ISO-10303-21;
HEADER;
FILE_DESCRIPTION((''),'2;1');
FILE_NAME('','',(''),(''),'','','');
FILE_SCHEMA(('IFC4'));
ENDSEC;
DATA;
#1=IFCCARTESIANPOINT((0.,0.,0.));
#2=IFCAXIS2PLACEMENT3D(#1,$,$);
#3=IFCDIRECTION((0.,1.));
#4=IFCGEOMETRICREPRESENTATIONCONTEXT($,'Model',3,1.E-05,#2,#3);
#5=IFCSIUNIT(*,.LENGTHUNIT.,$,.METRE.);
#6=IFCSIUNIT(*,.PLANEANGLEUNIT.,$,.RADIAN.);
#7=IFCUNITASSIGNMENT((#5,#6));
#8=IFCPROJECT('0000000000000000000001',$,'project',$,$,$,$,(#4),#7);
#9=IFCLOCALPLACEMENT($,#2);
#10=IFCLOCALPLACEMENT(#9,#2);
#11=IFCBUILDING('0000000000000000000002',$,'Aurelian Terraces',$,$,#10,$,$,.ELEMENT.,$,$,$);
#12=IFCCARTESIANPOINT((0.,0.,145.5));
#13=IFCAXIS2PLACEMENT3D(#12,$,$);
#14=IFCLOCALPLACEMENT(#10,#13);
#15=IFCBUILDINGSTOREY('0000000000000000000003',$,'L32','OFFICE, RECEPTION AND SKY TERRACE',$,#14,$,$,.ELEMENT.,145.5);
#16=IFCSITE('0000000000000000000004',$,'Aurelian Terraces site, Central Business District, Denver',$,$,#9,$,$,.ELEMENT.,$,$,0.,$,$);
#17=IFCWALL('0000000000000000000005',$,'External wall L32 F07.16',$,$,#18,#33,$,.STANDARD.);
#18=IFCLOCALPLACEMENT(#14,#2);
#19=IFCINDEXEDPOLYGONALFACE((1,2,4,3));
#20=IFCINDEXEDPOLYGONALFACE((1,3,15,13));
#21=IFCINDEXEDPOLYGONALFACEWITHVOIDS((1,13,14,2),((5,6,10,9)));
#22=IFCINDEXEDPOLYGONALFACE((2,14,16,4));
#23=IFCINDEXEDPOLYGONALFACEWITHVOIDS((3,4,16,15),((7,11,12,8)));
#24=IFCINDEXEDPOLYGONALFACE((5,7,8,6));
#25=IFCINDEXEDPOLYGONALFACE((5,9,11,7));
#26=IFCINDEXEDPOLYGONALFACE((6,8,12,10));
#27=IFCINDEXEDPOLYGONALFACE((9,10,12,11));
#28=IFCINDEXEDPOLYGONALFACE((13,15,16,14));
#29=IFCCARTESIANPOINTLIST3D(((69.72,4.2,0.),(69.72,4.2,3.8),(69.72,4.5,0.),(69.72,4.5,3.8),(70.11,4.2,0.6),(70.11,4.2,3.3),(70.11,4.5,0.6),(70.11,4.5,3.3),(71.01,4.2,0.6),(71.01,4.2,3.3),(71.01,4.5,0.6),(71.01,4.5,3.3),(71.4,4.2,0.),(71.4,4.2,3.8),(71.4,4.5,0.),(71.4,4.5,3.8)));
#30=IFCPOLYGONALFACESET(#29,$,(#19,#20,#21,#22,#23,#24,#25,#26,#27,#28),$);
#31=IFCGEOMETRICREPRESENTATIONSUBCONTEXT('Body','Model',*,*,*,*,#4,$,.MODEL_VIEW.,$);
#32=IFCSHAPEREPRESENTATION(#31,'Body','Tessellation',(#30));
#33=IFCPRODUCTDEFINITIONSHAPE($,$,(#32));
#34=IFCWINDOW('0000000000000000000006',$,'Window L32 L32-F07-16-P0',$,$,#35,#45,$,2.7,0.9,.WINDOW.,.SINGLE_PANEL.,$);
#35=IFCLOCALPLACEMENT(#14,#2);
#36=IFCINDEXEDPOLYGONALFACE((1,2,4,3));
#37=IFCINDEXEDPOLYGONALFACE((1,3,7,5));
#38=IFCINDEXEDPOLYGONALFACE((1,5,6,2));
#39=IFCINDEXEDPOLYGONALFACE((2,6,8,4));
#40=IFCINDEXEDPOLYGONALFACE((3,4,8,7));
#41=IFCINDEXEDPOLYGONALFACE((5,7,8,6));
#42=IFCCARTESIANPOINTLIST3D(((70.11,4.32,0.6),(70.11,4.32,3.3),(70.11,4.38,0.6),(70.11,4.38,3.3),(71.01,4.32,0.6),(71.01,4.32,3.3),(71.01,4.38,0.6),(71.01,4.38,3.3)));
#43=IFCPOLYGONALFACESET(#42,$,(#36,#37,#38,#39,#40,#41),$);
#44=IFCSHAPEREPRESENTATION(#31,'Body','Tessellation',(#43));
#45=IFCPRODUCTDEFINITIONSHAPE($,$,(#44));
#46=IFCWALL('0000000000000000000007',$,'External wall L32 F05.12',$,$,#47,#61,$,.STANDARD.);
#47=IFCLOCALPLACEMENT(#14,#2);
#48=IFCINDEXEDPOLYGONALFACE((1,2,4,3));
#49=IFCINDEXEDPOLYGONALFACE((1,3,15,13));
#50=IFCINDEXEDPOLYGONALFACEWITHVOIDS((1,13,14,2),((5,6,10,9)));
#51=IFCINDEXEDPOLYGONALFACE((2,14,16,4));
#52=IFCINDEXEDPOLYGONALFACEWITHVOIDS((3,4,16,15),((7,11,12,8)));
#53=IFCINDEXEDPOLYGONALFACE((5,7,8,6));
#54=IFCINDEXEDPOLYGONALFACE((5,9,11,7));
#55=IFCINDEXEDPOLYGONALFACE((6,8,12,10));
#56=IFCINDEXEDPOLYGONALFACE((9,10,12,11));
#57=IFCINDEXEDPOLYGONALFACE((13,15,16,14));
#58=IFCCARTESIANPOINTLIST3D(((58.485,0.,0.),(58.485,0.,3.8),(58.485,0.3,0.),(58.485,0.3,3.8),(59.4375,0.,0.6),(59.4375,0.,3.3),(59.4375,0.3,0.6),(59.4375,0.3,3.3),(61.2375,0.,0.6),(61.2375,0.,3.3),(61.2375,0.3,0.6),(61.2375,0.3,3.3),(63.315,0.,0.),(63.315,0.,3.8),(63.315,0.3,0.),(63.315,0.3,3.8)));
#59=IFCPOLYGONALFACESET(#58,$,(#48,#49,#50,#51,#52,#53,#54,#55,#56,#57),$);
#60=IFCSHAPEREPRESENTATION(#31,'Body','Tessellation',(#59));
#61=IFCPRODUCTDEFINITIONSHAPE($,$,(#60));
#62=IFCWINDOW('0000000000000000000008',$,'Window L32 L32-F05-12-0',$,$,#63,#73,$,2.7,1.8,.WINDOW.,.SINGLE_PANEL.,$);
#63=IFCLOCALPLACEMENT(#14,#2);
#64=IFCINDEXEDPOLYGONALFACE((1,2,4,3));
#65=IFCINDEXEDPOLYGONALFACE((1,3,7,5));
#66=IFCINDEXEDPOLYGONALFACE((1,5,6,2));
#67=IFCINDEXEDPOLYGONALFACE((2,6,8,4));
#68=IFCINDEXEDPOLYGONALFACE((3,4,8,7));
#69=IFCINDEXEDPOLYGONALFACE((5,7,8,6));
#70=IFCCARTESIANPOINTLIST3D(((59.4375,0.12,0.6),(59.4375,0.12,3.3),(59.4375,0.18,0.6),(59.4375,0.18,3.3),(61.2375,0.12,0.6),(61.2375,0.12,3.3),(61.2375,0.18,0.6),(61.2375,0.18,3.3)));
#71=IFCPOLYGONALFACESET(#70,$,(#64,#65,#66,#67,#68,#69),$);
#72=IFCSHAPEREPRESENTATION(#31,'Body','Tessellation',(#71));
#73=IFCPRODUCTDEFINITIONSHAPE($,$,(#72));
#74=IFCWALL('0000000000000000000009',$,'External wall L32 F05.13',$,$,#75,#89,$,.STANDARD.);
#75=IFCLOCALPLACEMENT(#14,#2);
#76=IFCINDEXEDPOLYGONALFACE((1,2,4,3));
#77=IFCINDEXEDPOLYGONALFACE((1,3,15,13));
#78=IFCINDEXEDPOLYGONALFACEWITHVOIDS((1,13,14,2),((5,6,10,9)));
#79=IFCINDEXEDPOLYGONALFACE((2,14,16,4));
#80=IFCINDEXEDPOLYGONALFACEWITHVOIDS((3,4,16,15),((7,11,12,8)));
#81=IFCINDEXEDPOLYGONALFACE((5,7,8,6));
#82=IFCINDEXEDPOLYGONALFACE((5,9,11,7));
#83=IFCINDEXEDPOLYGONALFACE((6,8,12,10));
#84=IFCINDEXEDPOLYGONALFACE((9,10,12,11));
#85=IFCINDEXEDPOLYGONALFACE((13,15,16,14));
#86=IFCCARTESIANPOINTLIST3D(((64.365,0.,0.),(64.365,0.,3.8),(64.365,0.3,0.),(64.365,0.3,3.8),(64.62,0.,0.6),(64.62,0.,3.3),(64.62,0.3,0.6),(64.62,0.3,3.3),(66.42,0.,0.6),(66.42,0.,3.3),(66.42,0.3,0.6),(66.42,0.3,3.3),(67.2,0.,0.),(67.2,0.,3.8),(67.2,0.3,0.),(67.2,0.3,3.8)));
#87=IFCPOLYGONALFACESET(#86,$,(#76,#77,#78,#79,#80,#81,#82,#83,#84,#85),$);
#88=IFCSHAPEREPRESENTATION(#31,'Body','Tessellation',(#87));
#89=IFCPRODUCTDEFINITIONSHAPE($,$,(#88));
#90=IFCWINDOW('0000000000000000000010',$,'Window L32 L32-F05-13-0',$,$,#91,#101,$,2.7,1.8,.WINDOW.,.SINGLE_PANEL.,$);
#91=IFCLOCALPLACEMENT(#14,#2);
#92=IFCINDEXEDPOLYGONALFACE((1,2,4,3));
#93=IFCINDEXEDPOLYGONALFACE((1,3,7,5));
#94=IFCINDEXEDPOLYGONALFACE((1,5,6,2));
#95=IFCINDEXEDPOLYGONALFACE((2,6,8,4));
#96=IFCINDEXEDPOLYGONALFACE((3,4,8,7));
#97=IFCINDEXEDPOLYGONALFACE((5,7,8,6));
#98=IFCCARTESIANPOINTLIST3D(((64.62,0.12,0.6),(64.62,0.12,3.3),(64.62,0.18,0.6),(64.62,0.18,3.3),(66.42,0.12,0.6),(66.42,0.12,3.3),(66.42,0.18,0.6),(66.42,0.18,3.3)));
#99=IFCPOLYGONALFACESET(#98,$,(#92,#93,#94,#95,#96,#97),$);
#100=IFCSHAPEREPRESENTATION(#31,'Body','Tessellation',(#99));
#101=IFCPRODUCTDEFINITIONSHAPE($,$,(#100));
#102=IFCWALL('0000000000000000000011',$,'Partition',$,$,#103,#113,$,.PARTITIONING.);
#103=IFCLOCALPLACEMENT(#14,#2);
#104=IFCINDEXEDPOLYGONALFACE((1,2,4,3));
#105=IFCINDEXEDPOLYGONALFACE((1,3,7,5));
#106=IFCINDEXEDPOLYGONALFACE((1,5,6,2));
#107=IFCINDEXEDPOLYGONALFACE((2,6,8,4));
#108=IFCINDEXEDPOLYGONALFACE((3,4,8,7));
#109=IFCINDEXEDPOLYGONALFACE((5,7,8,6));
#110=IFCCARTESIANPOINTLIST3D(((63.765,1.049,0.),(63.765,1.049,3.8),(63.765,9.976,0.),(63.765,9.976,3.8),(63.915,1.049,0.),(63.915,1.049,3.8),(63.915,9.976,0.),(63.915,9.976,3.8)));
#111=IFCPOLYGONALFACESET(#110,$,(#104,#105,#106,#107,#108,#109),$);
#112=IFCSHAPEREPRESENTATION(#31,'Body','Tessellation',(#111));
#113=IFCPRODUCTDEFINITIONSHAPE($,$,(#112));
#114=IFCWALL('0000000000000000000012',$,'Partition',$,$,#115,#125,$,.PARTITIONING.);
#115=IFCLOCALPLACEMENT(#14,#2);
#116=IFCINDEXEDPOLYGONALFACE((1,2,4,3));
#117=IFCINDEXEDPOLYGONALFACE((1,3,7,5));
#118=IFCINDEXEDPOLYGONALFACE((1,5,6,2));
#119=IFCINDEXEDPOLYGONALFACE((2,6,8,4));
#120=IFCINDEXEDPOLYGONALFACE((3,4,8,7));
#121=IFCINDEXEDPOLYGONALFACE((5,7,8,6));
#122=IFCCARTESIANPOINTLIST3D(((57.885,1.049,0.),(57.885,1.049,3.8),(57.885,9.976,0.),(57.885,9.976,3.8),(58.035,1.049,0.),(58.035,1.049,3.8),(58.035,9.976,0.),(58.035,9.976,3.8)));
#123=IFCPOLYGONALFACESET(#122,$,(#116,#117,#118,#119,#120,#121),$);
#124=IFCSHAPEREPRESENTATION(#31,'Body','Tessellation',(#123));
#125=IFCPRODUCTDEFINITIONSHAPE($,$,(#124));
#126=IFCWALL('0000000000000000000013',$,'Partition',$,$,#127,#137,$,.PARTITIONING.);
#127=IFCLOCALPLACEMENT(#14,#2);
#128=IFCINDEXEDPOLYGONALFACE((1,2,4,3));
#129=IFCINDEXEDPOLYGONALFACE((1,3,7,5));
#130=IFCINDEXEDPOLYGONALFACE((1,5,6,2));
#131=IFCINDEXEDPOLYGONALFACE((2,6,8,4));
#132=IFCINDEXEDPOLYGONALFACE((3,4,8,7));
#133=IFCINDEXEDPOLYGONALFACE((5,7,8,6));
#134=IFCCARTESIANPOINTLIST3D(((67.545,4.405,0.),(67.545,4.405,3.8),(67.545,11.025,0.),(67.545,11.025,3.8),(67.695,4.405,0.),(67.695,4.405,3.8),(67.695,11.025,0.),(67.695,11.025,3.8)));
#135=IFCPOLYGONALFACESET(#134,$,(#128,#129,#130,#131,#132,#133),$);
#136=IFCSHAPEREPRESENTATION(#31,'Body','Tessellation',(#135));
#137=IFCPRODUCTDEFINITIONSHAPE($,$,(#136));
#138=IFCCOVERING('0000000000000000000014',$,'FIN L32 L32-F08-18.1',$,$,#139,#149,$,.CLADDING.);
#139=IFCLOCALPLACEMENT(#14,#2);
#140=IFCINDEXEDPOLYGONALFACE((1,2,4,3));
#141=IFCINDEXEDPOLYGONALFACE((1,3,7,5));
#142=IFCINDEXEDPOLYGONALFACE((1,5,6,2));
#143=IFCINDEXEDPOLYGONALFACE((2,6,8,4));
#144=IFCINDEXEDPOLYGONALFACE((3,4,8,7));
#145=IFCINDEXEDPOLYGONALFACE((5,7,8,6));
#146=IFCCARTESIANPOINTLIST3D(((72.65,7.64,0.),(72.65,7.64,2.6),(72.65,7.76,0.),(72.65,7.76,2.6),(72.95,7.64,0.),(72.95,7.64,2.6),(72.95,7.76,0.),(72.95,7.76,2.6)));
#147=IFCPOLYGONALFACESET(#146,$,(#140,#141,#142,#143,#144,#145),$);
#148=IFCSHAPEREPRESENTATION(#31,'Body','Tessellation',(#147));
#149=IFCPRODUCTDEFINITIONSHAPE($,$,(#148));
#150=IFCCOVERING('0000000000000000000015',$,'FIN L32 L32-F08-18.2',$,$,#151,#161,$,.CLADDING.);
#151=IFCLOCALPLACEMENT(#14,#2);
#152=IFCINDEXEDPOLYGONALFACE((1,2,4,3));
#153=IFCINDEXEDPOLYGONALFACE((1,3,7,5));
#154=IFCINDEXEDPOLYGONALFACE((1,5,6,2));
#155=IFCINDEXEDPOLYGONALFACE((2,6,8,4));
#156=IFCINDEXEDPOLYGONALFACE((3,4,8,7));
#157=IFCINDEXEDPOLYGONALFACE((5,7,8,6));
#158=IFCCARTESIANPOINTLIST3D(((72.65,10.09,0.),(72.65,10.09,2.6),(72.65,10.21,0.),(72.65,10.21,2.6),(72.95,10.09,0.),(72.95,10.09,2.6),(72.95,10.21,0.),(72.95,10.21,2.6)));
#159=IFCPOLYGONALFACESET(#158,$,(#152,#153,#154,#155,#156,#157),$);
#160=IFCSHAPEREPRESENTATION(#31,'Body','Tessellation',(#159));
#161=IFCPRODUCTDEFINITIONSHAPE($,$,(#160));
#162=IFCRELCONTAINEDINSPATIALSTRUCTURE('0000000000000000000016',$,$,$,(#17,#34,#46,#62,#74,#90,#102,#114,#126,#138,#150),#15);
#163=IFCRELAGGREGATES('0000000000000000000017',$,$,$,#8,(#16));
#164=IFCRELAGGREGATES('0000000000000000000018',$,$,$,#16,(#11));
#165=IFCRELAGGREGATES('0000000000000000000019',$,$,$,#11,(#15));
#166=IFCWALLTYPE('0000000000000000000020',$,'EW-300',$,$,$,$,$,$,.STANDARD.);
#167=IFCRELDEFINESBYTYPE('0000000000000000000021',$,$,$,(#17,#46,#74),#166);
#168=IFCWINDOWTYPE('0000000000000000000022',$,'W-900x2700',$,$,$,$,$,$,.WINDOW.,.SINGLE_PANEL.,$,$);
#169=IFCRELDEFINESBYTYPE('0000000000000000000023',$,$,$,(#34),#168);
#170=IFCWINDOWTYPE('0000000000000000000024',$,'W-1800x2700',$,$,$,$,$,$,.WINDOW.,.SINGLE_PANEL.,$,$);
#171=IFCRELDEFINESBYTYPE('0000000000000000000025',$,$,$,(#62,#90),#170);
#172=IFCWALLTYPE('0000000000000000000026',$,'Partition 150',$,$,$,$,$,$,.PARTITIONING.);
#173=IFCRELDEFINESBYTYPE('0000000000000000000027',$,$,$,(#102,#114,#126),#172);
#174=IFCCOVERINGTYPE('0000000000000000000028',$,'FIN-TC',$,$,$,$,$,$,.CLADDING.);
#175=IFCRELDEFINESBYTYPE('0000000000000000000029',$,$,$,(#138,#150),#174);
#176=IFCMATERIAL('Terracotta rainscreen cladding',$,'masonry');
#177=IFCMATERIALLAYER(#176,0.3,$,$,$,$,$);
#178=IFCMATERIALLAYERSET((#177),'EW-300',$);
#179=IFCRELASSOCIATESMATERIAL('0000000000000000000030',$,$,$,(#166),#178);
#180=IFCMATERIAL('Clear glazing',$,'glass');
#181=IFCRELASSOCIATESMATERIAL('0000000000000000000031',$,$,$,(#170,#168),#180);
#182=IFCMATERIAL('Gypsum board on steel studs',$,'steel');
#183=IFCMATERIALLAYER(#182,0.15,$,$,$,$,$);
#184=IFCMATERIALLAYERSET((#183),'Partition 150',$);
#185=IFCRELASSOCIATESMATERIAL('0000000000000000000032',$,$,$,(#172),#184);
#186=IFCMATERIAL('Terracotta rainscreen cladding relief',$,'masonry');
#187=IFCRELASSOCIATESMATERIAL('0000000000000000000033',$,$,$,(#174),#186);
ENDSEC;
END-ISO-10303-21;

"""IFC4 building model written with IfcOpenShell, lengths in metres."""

from ifc_helpers import new_model, si_unit, direction, frame, frame_2d, origin, origin_2d, place, context, subcontext, project, spatial, rectangle, extrude, source, transform, mapped, material, layer, layer_set, type_object, element, fill, save


model = new_model("IFC4")

# Units and contexts
model_context = context("Model", 3, precision=1e-05, world=origin(), true_north=direction((0.0, 1.0)))
body_context = subcontext(model_context, "Body", "Model", "MODEL_VIEW")
ifc_project = project(units=[si_unit("LENGTHUNIT", "METRE"), si_unit("PLANEANGLEUNIT", "RADIAN")], contexts=[model_context])

# Site, building, storey
site_placement = place(None, origin())
site = spatial("IfcSite", under=ifc_project, at=site_placement, Name="Aurelian Terraces site, Central Business District, Denver", CompositionType="ELEMENT", RefElevation=0.0)
building_placement = place(site_placement, origin())
building = spatial("IfcBuilding", under=site, at=building_placement, Name="Aurelian Terraces", CompositionType="ELEMENT")
storey_placement = place(building_placement, frame((0.0, 0.0, 145.5)))
storey = spatial("IfcBuildingStorey", under=building, at=storey_placement, Name="L32", Description="OFFICE, RECEPTION AND SKY TERRACE", CompositionType="ELEMENT", Elevation=145.5)

# Shared definitions
ifc_material_1 = material(Name="Terracotta rainscreen cladding", Category="masonry")
ifc_layer_1 = layer(ifc_material_1, 0.3)
ifc_layer_set_1 = layer_set([ifc_layer_1], Name="EW-300")
wall_type_1 = type_object("IfcWallType", Name="EW-300", PredefinedType="STANDARD", material=ifc_layer_set_1)
shared_shape_1 = source(origin(), body_context, "Body", "SweptSolid", [
    extrude(rectangle(XDim=1.8, YDim=2.7, at=frame_2d((0.9, 1.35))), frame((0.0, 0.16, 0.0), z_axis=(0.0, -1.0, 0.0), x_axis=(1.0, 0.0, 0.0)), (0.0, 0.0, 1.0), 0.32),
])
ifc_material_2 = material(Name="Clear glazing", Category="glass")
window_type_1 = type_object("IfcWindowType", Name="W-1800x2700", PartitioningType="SINGLE_PANEL", PredefinedType="WINDOW", material=ifc_material_2)
shared_shape_2 = source(origin(), body_context, "Body", "SweptSolid", [
    extrude(rectangle(XDim=1.8, YDim=2.7, at=frame_2d((0.9, 1.35))), frame((0.0, 0.03, 0.0), z_axis=(0.0, -1.0, 0.0), x_axis=(1.0, 0.0, 0.0)), (0.0, 0.0, 1.0), 0.06),
])

# Walls, openings, windows
shared_shape_3 = source(origin(), body_context, "Body", "SweptSolid", [
    extrude(rectangle(XDim=1.68, YDim=0.3, at=frame_2d((0.84, 0.0))), origin(), (0.0, 0.0, 1.0), 3.8),
])
wall_1_placement = place(storey_placement, frame((69.72, 4.35, 0.0), z_axis=(0.0, 0.0, 1.0), x_axis=(1.0, 0.0, 0.0)))
wall_1 = element("IfcWall", 1, at=wall_1_placement, inside=storey, type_object=wall_type_1, Name="External wall L32 F07.16", PredefinedType="STANDARD", context=body_context, shape_type="MappedRepresentation", body=[
    mapped(shared_shape_3, transform((0.0, 0.0, 0.0), scale=1.0)),
])
shared_shape_4 = source(origin(), body_context, "Body", "SweptSolid", [
    extrude(rectangle(XDim=0.9, YDim=2.7, at=frame_2d((0.45, 1.35))), frame((0.0, 0.16, 0.0), z_axis=(0.0, -1.0, 0.0), x_axis=(1.0, 0.0, 0.0)), (0.0, 0.0, 1.0), 0.32),
])
opening_1_placement = place(wall_1_placement, frame((0.39, 0.0, 0.6)))
opening_1 = element("IfcOpeningElement", 2, at=opening_1_placement, cuts=wall_1, PredefinedType="OPENING", context=body_context, shape_type="MappedRepresentation", body=[
    mapped(shared_shape_4, transform((0.0, 0.0, 0.0), scale=1.0)),
])
window_type_2 = type_object("IfcWindowType", Name="W-900x2700", PartitioningType="SINGLE_PANEL", PredefinedType="WINDOW", material=ifc_material_2)
shared_shape_5 = source(origin(), body_context, "Body", "SweptSolid", [
    extrude(rectangle(XDim=0.9, YDim=2.7, at=frame_2d((0.45, 1.35))), frame((0.0, 0.03, 0.0), z_axis=(0.0, -1.0, 0.0), x_axis=(1.0, 0.0, 0.0)), (0.0, 0.0, 1.0), 0.06),
])
window_1_placement = place(opening_1_placement, origin())
window_1 = element("IfcWindow", 3, at=window_1_placement, inside=storey, type_object=window_type_2, Name="Window L32 L32-F07-16-P0", OverallHeight=2.7, OverallWidth=0.9, PartitioningType="SINGLE_PANEL", PredefinedType="WINDOW", context=body_context, shape_type="MappedRepresentation", body=[
    mapped(shared_shape_5, transform((0.0, 0.0, 0.0), scale=1.0)),
])
fill(opening_1, window_1)
shared_shape_6 = source(origin(), body_context, "Body", "SweptSolid", [
    extrude(rectangle(XDim=4.83, YDim=0.3, at=frame_2d((2.415, 0.0))), origin(), (0.0, 0.0, 1.0), 3.8),
])
wall_2_placement = place(storey_placement, frame((58.485, 0.15, 0.0), z_axis=(0.0, 0.0, 1.0), x_axis=(1.0, 0.0, 0.0)))
wall_2 = element("IfcWall", 4, at=wall_2_placement, inside=storey, type_object=wall_type_1, Name="External wall L32 F05.12", PredefinedType="STANDARD", context=body_context, shape_type="MappedRepresentation", body=[
    mapped(shared_shape_6, transform((0.0, 0.0, 0.0), scale=1.0)),
])
opening_2_placement = place(wall_2_placement, frame((0.9525, 0.0, 0.6)))
opening_2 = element("IfcOpeningElement", 5, at=opening_2_placement, cuts=wall_2, PredefinedType="OPENING", context=body_context, shape_type="MappedRepresentation", body=[
    mapped(shared_shape_1, transform((0.0, 0.0, 0.0), scale=1.0)),
])
window_2_placement = place(opening_2_placement, origin())
window_2 = element("IfcWindow", 6, at=window_2_placement, inside=storey, type_object=window_type_1, Name="Window L32 L32-F05-12-0", OverallHeight=2.7, OverallWidth=1.8, PartitioningType="SINGLE_PANEL", PredefinedType="WINDOW", context=body_context, shape_type="MappedRepresentation", body=[
    mapped(shared_shape_2, transform((0.0, 0.0, 0.0), scale=1.0)),
])
fill(opening_2, window_2)
shared_shape_7 = source(origin(), body_context, "Body", "SweptSolid", [
    extrude(rectangle(XDim=2.835, YDim=0.3, at=frame_2d((1.4175, 0.0))), origin(), (0.0, 0.0, 1.0), 3.8),
])
wall_3_placement = place(storey_placement, frame((64.365, 0.15, 0.0), z_axis=(0.0, 0.0, 1.0), x_axis=(1.0, 0.0, 0.0)))
wall_3 = element("IfcWall", 7, at=wall_3_placement, inside=storey, type_object=wall_type_1, Name="External wall L32 F05.13", PredefinedType="STANDARD", context=body_context, shape_type="MappedRepresentation", body=[
    mapped(shared_shape_7, transform((0.0, 0.0, 0.0), scale=1.0)),
])
opening_3_placement = place(wall_3_placement, frame((0.255, 0.0, 0.6)))
opening_3 = element("IfcOpeningElement", 8, at=opening_3_placement, cuts=wall_3, PredefinedType="OPENING", context=body_context, shape_type="MappedRepresentation", body=[
    mapped(shared_shape_1, transform((0.0, 0.0, 0.0), scale=1.0)),
])
window_3_placement = place(opening_3_placement, origin())
window_3 = element("IfcWindow", 9, at=window_3_placement, inside=storey, type_object=window_type_1, Name="Window L32 L32-F05-13-0", OverallHeight=2.7, OverallWidth=1.8, PartitioningType="SINGLE_PANEL", PredefinedType="WINDOW", context=body_context, shape_type="MappedRepresentation", body=[
    mapped(shared_shape_2, transform((0.0, 0.0, 0.0), scale=1.0)),
])
fill(opening_3, window_3)

# Walls
ifc_material_3 = material(Name="Gypsum board on steel studs", Category="steel")
ifc_layer_2 = layer(ifc_material_3, 0.15)
ifc_layer_set_2 = layer_set([ifc_layer_2], Name="Partition 150")
wall_type_2 = type_object("IfcWallType", Name="Partition 150", PredefinedType="PARTITIONING", material=ifc_layer_set_2)
shared_shape_8 = source(origin(), body_context, "Body", "SweptSolid", [
    extrude(rectangle(XDim=8.927, YDim=0.15, at=frame_2d((4.4635, 0.0))), origin(), (0.0, 0.0, 1.0), 3.8),
])
for number, where, z_axis, x_axis, name in (
    (10, (63.84, 1.049, 0.0), (0.0, 0.0, 1.0), (0.0, 1.0, 0.0), "Partition"),
    (11, (57.96, 1.049, 0.0), (0.0, 0.0, 1.0), (0.0, 1.0, 0.0), "Partition"),
):
    element("IfcWall", number, at=place(storey_placement, frame(where, z_axis=z_axis, x_axis=x_axis)), inside=storey, type_object=wall_type_2, Name=name, PredefinedType="PARTITIONING", context=body_context, shape_type="MappedRepresentation", body=[
        mapped(shared_shape_8, transform((0.0, 0.0, 0.0), scale=1.0)),
    ])
shared_shape_9 = source(origin(), body_context, "Body", "SweptSolid", [
    extrude(rectangle(XDim=6.62, YDim=0.15, at=frame_2d((3.31, 0.0))), origin(), (0.0, 0.0, 1.0), 3.8),
])
wall_4_placement = place(storey_placement, frame((67.62, 4.405, 0.0), z_axis=(0.0, 0.0, 1.0), x_axis=(0.0, 1.0, 0.0)))
element("IfcWall", 12, at=wall_4_placement, inside=storey, type_object=wall_type_2, Name="Partition", PredefinedType="PARTITIONING", context=body_context, shape_type="MappedRepresentation", body=[
    mapped(shared_shape_9, transform((0.0, 0.0, 0.0), scale=1.0)),
])

# Coverings
ifc_material_4 = material(Name="Terracotta rainscreen cladding relief", Category="masonry")
covering_type_1 = type_object("IfcCoveringType", Name="FIN-TC", PredefinedType="CLADDING", material=ifc_material_4)
shared_shape_10 = source(origin(), body_context, "Body", "SweptSolid", [
    extrude(rectangle(XDim=0.3, YDim=0.12, at=origin_2d()), origin(), (0.0, 0.0, 1.0), 2.6),
])
for number, where, z_axis, x_axis, name in (
    (13, (72.8, 7.7, 0.0), (0.0, 0.0, 1.0), (1.0, 0.0, 0.0), "FIN L32 L32-F08-18.1"),
    (14, (72.8, 10.15, 0.0), (0.0, 0.0, 1.0), (1.0, 0.0, 0.0), "FIN L32 L32-F08-18.2"),
):
    element("IfcCovering", number, at=place(storey_placement, frame(where, z_axis=z_axis, x_axis=x_axis)), inside=storey, type_object=covering_type_1, Name=name, PredefinedType="CLADDING", context=body_context, shape_type="MappedRepresentation", body=[
        mapped(shared_shape_10, transform((0.0, 0.0, 0.0), scale=1.0)),
    ])

save(model, "model.ifc")
